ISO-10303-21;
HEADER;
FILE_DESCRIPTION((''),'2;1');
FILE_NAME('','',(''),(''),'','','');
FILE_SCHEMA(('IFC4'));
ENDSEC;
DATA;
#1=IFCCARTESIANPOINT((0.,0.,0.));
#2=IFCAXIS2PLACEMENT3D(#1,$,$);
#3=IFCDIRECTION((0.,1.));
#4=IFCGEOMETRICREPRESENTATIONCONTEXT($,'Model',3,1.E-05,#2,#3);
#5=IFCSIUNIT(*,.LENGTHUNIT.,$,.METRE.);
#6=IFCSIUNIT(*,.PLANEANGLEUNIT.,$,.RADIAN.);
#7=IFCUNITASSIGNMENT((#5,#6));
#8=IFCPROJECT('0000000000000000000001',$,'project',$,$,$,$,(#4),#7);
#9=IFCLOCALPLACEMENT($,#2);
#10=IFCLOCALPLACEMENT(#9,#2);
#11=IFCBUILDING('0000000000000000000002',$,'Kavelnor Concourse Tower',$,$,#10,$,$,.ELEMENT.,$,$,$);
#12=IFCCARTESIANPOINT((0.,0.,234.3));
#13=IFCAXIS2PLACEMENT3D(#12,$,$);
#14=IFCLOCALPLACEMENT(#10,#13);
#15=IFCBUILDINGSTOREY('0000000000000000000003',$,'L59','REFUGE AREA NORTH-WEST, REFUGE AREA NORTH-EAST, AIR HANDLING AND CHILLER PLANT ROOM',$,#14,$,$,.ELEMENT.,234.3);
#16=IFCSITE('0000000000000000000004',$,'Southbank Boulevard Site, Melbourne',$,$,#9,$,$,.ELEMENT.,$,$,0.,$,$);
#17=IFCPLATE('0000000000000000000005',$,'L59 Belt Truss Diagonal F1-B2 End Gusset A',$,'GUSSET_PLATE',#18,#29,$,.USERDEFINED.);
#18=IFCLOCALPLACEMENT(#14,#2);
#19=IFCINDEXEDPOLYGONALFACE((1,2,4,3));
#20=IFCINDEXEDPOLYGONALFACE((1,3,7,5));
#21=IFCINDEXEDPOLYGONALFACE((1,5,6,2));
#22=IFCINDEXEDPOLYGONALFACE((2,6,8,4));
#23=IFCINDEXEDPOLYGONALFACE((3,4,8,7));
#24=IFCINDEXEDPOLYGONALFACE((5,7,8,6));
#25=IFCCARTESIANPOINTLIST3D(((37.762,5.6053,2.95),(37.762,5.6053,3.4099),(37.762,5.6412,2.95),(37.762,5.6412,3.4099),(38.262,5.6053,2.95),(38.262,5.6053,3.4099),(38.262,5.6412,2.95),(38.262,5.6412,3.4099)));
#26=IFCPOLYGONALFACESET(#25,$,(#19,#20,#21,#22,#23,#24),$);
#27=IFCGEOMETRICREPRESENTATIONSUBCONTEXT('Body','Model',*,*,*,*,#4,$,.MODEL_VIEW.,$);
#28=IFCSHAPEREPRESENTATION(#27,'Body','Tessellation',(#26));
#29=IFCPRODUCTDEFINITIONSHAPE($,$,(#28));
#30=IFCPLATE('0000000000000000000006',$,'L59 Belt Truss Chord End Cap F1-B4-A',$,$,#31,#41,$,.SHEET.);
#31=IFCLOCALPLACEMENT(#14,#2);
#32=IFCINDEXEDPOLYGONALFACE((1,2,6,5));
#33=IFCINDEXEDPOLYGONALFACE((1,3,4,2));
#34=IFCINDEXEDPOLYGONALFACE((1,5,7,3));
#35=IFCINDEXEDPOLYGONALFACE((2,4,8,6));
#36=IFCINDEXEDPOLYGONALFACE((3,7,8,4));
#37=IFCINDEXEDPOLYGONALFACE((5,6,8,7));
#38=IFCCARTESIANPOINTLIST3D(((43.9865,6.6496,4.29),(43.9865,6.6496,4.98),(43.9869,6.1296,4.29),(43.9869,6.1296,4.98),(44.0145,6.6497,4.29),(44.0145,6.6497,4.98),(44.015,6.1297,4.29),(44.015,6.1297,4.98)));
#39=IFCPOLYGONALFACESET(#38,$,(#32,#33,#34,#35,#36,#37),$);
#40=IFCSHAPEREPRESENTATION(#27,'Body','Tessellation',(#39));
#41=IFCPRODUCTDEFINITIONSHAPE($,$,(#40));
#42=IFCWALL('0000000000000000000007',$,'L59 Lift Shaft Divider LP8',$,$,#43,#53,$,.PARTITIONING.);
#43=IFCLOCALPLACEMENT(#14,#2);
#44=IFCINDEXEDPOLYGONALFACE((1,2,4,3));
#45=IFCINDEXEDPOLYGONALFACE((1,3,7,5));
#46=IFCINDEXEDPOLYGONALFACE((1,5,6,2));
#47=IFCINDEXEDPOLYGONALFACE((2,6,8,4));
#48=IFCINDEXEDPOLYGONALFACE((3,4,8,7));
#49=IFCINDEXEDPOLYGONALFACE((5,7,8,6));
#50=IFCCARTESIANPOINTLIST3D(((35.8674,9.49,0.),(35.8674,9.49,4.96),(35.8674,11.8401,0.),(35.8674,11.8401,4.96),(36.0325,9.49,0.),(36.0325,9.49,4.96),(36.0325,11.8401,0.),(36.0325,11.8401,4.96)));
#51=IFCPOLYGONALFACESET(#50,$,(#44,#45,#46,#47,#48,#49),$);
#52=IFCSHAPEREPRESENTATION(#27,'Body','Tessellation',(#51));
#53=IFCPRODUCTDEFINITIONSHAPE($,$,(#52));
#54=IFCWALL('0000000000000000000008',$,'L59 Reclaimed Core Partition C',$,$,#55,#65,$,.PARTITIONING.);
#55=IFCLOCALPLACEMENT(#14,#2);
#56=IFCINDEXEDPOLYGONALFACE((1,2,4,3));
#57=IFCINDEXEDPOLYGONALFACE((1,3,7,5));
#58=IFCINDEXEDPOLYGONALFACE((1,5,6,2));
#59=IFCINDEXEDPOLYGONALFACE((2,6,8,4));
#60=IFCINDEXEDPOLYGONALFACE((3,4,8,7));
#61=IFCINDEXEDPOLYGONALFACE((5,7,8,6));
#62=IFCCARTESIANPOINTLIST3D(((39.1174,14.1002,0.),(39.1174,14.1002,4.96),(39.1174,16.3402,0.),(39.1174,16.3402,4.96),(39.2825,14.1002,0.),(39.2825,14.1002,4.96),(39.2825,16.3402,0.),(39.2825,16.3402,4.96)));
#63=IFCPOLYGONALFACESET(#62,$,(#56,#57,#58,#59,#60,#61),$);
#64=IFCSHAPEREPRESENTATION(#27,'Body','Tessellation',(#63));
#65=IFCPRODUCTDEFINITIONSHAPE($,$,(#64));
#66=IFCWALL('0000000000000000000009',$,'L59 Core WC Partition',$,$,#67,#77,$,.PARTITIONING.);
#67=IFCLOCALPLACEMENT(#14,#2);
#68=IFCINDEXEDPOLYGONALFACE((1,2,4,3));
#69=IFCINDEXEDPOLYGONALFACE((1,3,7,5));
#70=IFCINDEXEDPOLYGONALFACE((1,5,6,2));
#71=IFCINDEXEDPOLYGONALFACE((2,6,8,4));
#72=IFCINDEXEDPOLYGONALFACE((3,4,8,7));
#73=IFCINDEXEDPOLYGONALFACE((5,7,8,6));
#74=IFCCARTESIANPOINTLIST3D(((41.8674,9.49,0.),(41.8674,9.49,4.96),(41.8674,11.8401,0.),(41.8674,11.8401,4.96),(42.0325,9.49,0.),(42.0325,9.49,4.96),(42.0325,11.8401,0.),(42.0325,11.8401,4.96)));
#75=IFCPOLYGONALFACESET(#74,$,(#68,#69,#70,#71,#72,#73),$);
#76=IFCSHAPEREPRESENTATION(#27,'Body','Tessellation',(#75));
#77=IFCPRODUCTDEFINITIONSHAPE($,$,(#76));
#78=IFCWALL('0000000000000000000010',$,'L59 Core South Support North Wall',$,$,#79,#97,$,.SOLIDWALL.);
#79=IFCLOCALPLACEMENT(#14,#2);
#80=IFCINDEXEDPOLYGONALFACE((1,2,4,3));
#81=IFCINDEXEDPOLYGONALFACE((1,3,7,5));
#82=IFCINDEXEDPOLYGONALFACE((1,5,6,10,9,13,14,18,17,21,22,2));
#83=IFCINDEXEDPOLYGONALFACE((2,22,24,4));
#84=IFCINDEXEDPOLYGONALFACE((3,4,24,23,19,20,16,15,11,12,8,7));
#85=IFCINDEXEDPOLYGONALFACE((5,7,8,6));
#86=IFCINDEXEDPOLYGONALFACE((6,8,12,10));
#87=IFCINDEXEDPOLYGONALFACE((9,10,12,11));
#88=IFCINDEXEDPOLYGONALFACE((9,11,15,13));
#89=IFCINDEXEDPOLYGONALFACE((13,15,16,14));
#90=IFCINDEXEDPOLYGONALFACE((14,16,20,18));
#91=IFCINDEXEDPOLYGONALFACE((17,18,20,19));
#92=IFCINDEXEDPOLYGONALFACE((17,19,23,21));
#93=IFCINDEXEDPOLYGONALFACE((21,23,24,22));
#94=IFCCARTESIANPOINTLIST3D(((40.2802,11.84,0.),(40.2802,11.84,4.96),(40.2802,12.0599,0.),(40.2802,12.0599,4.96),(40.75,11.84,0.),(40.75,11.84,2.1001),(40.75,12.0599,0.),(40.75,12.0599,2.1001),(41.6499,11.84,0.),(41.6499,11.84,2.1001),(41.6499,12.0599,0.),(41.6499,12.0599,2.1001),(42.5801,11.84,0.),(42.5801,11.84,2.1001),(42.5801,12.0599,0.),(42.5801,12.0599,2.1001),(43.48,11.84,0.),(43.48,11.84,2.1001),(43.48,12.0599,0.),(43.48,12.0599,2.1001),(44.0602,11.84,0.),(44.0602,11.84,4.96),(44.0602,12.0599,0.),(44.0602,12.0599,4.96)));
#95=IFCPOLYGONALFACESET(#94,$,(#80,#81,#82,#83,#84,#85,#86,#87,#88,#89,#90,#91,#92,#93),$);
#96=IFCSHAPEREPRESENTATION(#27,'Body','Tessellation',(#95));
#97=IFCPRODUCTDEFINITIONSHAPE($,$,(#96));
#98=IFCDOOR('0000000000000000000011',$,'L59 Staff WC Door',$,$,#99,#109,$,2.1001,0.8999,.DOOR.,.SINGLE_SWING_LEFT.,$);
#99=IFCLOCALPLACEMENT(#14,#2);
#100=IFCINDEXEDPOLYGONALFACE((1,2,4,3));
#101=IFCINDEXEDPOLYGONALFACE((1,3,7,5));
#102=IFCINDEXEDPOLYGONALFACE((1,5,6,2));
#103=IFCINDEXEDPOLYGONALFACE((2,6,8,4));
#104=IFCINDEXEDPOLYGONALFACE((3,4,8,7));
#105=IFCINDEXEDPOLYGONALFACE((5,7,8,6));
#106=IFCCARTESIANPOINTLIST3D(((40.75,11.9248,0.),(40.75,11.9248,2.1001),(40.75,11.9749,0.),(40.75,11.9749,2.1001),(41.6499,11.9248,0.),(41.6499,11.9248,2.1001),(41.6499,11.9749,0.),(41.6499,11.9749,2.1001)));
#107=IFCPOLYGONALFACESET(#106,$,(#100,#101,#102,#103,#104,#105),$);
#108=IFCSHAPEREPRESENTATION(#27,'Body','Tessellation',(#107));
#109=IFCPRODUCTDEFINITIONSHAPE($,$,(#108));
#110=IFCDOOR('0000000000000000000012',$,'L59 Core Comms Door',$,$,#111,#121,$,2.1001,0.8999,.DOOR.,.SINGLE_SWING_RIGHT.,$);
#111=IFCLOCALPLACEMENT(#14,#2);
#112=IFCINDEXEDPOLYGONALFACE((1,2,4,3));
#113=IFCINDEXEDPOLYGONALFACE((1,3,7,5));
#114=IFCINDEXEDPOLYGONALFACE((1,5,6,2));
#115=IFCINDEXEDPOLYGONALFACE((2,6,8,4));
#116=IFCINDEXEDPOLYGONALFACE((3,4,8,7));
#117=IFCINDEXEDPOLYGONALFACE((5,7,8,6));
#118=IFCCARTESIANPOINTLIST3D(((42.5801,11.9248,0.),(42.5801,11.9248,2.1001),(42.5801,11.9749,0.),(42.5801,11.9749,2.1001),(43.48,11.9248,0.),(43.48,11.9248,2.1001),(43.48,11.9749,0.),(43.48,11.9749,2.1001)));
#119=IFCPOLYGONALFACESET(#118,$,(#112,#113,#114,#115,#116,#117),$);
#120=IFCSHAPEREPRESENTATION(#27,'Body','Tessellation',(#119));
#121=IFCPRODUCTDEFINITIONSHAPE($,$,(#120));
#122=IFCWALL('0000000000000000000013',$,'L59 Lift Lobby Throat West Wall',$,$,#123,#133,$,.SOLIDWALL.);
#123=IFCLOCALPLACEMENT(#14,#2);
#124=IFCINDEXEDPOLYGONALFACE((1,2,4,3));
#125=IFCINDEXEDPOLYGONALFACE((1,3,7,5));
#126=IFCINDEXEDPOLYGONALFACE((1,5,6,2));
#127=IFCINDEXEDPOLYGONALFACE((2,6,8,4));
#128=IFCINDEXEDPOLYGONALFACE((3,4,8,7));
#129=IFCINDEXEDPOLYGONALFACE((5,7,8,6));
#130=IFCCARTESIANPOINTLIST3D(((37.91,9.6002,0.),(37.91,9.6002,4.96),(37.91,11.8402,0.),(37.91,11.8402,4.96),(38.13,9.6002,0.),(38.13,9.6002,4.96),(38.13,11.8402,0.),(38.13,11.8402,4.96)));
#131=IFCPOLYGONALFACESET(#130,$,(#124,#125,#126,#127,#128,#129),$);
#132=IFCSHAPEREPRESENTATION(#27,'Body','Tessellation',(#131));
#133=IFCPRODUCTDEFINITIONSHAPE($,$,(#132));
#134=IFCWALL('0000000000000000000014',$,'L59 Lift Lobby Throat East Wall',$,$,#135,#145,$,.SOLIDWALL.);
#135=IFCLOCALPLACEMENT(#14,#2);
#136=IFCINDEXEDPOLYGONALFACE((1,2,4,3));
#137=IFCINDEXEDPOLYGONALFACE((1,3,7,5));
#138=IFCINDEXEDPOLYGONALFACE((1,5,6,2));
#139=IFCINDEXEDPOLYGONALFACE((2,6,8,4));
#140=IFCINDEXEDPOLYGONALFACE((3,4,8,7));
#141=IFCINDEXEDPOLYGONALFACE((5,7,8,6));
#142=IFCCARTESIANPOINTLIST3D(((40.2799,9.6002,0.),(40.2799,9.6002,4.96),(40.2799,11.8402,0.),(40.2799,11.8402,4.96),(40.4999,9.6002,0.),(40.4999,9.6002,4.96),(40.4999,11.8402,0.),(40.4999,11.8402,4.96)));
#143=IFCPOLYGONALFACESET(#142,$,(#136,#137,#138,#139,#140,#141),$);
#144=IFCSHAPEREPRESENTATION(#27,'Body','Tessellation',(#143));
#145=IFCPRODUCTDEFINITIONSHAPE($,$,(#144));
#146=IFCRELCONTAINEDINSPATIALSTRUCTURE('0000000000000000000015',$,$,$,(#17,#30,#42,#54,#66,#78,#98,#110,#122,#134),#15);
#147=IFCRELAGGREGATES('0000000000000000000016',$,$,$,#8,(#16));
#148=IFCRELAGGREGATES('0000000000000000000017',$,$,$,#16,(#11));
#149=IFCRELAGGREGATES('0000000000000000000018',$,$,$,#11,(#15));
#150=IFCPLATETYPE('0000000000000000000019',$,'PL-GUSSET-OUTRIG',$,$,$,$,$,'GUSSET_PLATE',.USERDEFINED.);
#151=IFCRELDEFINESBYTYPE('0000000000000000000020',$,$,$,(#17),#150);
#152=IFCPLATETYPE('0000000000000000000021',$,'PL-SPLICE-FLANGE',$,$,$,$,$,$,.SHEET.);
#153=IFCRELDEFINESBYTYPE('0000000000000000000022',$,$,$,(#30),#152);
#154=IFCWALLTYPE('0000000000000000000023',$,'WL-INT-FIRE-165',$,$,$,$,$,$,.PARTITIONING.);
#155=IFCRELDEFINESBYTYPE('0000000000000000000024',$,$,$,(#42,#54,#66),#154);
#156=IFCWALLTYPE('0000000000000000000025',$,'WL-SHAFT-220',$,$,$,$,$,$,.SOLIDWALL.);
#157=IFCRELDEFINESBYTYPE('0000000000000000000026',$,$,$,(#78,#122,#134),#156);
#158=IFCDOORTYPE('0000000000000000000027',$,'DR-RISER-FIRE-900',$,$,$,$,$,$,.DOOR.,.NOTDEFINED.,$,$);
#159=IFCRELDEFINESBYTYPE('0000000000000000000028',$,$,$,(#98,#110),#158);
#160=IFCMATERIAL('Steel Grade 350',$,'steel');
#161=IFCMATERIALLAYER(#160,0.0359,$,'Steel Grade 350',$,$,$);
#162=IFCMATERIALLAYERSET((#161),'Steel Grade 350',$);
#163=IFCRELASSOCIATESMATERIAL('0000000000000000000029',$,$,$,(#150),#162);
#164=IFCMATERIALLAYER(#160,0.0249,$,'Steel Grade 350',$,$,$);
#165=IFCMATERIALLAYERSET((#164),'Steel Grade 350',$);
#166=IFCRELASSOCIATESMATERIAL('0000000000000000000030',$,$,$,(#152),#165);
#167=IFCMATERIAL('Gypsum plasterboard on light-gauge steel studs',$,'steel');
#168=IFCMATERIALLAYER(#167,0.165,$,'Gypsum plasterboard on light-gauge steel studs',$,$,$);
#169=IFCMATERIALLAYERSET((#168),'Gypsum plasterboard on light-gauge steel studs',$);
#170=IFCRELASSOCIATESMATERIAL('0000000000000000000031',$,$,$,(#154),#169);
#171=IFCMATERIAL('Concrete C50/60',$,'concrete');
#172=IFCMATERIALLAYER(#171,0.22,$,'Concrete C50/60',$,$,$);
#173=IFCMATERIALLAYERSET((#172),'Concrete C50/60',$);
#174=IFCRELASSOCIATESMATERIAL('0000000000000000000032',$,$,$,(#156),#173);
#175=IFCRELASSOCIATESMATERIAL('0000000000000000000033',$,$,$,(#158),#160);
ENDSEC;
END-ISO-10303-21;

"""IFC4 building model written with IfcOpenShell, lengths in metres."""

from ifc_helpers import new_model, si_unit, direction, frame, frame_2d, origin, origin_2d, place, context, subcontext, project, spatial, rectangle, extrude, material, layer, layer_set, type_object, element, fill, save


model = new_model("IFC4")

# Units and contexts
model_context = context("Model", 3, precision=1e-05, world=origin(), true_north=direction((0.0, 1.0)))
body_context = subcontext(model_context, "Body", "Model", "MODEL_VIEW")
ifc_project = project(units=[si_unit("LENGTHUNIT", "METRE"), si_unit("PLANEANGLEUNIT", "RADIAN")], contexts=[model_context])

# Site, building, storey
site_placement = place(None, origin())
site = spatial("IfcSite", under=ifc_project, at=site_placement, Name="Southbank Boulevard Site, Melbourne", CompositionType="ELEMENT", RefElevation=0.0)
building_placement = place(site_placement, origin())
building = spatial("IfcBuilding", under=site, at=building_placement, Name="Kavelnor Concourse Tower", CompositionType="ELEMENT")
storey_placement = place(building_placement, frame((0.0, 0.0, 234.3)))
storey = spatial("IfcBuildingStorey", under=building, at=storey_placement, Name="L59", Description="REFUGE AREA NORTH-WEST, REFUGE AREA NORTH-EAST, AIR HANDLING AND CHILLER PLANT ROOM", CompositionType="ELEMENT", Elevation=234.3)

# Shared definitions
ifc_material_1 = material(Name="Steel Grade 350", Category="steel")

# Plates
ifc_layer_1 = layer(ifc_material_1, 0.0359, Name="Steel Grade 350")
ifc_layer_set_1 = layer_set([ifc_layer_1], Name="Steel Grade 350")
plate_type_1 = type_object("IfcPlateType", Name="PL-GUSSET-OUTRIG", ElementType="GUSSET_PLATE", PredefinedType="USERDEFINED", material=ifc_layer_set_1)
plate_1_placement = place(storey_placement, frame((38.012, 5.6233, 2.95), z_axis=(0.0, 0.0, 1.0), x_axis=(-1.0, 0.0, 0.0)))
element("IfcPlate", 1, at=plate_1_placement, inside=storey, type_object=plate_type_1, Name="L59 Belt Truss Diagonal F1-B2 End Gusset A", ObjectType="GUSSET_PLATE", PredefinedType="USERDEFINED", context=body_context, shape_type="SweptSolid", body=[
    extrude(rectangle(XDim=0.5, YDim=0.0359, at=origin_2d()), origin(), (0.0, 0.0, 1.0), 0.46),
])
ifc_layer_2 = layer(ifc_material_1, 0.0249, Name="Steel Grade 350")
ifc_layer_set_2 = layer_set([ifc_layer_2], Name="Steel Grade 350")
plate_type_2 = type_object("IfcPlateType", Name="PL-SPLICE-FLANGE", PredefinedType="SHEET", material=ifc_layer_set_2)
plate_2_placement = place(storey_placement, frame((44.0007, 6.3896, 4.29), z_axis=(0.0, 0.0, 1.0), x_axis=(0.000873, -1.0, 0.0)))
element("IfcPlate", 2, at=plate_2_placement, inside=storey, type_object=plate_type_2, Name="L59 Belt Truss Chord End Cap F1-B4-A", PredefinedType="SHEET", context=body_context, shape_type="SweptSolid", body=[
    extrude(rectangle(XDim=0.52, YDim=0.0281, at=origin_2d()), origin(), (0.0, 0.0, 1.0), 0.6899),
])

# Walls
ifc_material_2 = material(Name="Gypsum plasterboard on light-gauge steel studs", Category="steel")
ifc_layer_3 = layer(ifc_material_2, 0.165, Name="Gypsum plasterboard on light-gauge steel studs")
ifc_layer_set_3 = layer_set([ifc_layer_3], Name="Gypsum plasterboard on light-gauge steel studs")
wall_type_1 = type_object("IfcWallType", Name="WL-INT-FIRE-165", PredefinedType="PARTITIONING", material=ifc_layer_set_3)
wall_1_placement = place(storey_placement, frame((35.95, 9.49, 0.0), z_axis=(0.0, 0.0, 1.0), x_axis=(0.0, 1.0, 0.0)))
element("IfcWall", 3, at=wall_1_placement, inside=storey, type_object=wall_type_1, Name="L59 Lift Shaft Divider LP8", PredefinedType="PARTITIONING", context=body_context, shape_type="SweptSolid", body=[
    extrude(rectangle(XDim=2.3501, YDim=0.165, at=frame_2d((1.175, 0.0))), origin(), (0.0, 0.0, 1.0), 4.96),
])
wall_2_placement = place(storey_placement, frame((39.2, 14.1001, 0.0), z_axis=(0.0, 0.0, 1.0), x_axis=(0.0, 1.0, 0.0)))
element("IfcWall", 4, at=wall_2_placement, inside=storey, type_object=wall_type_1, Name="L59 Reclaimed Core Partition C", PredefinedType="PARTITIONING", context=body_context, shape_type="SweptSolid", body=[
    extrude(rectangle(XDim=2.24, YDim=0.165, at=frame_2d((1.1201, 0.0))), origin(), (0.0, 0.0, 1.0), 4.96),
])
wall_3_placement = place(storey_placement, frame((41.95, 9.49, 0.0), z_axis=(0.0, 0.0, 1.0), x_axis=(0.0, 1.0, 0.0)))
element("IfcWall", 5, at=wall_3_placement, inside=storey, type_object=wall_type_1, Name="L59 Core WC Partition", PredefinedType="PARTITIONING", context=body_context, shape_type="SweptSolid", body=[
    extrude(rectangle(XDim=2.3501, YDim=0.165, at=frame_2d((1.175, 0.0))), origin(), (0.0, 0.0, 1.0), 4.96),
])

# Wall, openings, doors
ifc_material_3 = material(Name="Concrete C50/60", Category="concrete")
ifc_layer_4 = layer(ifc_material_3, 0.22, Name="Concrete C50/60")
ifc_layer_set_4 = layer_set([ifc_layer_4], Name="Concrete C50/60")
wall_type_2 = type_object("IfcWallType", Name="WL-SHAFT-220", PredefinedType="SOLIDWALL", material=ifc_layer_set_4)
wall_4_placement = place(storey_placement, frame((40.28, 11.95, 0.0), z_axis=(0.0, 0.0, 1.0), x_axis=(1.0, 0.0, 0.0)))
wall_4 = element("IfcWall", 6, at=wall_4_placement, inside=storey, type_object=wall_type_2, Name="L59 Core South Support North Wall", PredefinedType="SOLIDWALL", context=body_context, shape_type="SweptSolid", body=[
    extrude(rectangle(XDim=3.78, YDim=0.22, at=frame_2d((1.8901, 0.0))), origin(), (0.0, 0.0, 1.0), 4.96),
])
opening_1_placement = place(wall_4_placement, frame((0.47, 0.0, 0.0)))
opening_1 = element("IfcOpeningElement", 7, at=opening_1_placement, cuts=wall_4, PredefinedType="OPENING", context=body_context, shape_type="SweptSolid", body=[
    extrude(rectangle(XDim=0.8999, YDim=2.1001, at=frame_2d((0.45, 1.05))), frame((0.0, 0.1201, 0.0), z_axis=(0.0, -1.0, 0.0), x_axis=(1.0, 0.0, 0.0)), (0.0, 0.0, 1.0), 0.24),
])
opening_2_placement = place(wall_4_placement, frame((2.3, 0.0, 0.0)))
opening_2 = element("IfcOpeningElement", 8, at=opening_2_placement, cuts=wall_4, PredefinedType="OPENING", context=body_context, shape_type="SweptSolid", body=[
    extrude(rectangle(XDim=0.8999, YDim=2.1001, at=frame_2d((0.45, 1.05))), frame((0.0, 0.1201, 0.0), z_axis=(0.0, -1.0, 0.0), x_axis=(1.0, 0.0, 0.0)), (0.0, 0.0, 1.0), 0.24),
])
door_type = type_object("IfcDoorType", Name="DR-RISER-FIRE-900", OperationType="NOTDEFINED", PredefinedType="DOOR", material=ifc_material_1)
door_1_placement = place(opening_1_placement, origin())
door_1 = element("IfcDoor", 9, at=door_1_placement, inside=storey, type_object=door_type, Name="L59 Staff WC Door", OperationType="SINGLE_SWING_LEFT", OverallHeight=2.1001, OverallWidth=0.8999, PredefinedType="DOOR", context=body_context, shape_type="SweptSolid", body=[
    extrude(rectangle(XDim=0.8999, YDim=2.1001, at=frame_2d((0.45, 1.05))), frame((0.0, 0.0249, 0.0), z_axis=(0.0, -1.0, 0.0), x_axis=(1.0, 0.0, 0.0)), (0.0, 0.0, 1.0), 0.05),
])
fill(opening_1, door_1)
door_2_placement = place(opening_2_placement, origin())
door_2 = element("IfcDoor", 10, at=door_2_placement, inside=storey, type_object=door_type, Name="L59 Core Comms Door", OperationType="SINGLE_SWING_RIGHT", OverallHeight=2.1001, OverallWidth=0.8999, PredefinedType="DOOR", context=body_context, shape_type="SweptSolid", body=[
    extrude(rectangle(XDim=0.8999, YDim=2.1001, at=frame_2d((0.45, 1.05))), frame((0.0, 0.0249, 0.0), z_axis=(0.0, -1.0, 0.0), x_axis=(1.0, 0.0, 0.0)), (0.0, 0.0, 1.0), 0.05),
])
fill(opening_2, door_2)

# Walls
for number, where, z_axis, x_axis, name in (
    (11, (38.02, 9.6001, 0.0), (0.0, 0.0, 1.0), (0.0, 1.0, 0.0), "L59 Lift Lobby Throat West Wall"),
    (12, (40.3899, 9.6001, 0.0), (0.0, 0.0, 1.0), (0.0, 1.0, 0.0), "L59 Lift Lobby Throat East Wall"),
):
    element("IfcWall", number, at=place(storey_placement, frame(where, z_axis=z_axis, x_axis=x_axis)), inside=storey, type_object=wall_type_2, Name=name, PredefinedType="SOLIDWALL", context=body_context, shape_type="SweptSolid", body=[
        extrude(rectangle(XDim=2.24, YDim=0.22, at=frame_2d((1.1201, 0.0))), origin(), (0.0, 0.0, 1.0), 4.96),
    ])

save(model, "model.ifc")
